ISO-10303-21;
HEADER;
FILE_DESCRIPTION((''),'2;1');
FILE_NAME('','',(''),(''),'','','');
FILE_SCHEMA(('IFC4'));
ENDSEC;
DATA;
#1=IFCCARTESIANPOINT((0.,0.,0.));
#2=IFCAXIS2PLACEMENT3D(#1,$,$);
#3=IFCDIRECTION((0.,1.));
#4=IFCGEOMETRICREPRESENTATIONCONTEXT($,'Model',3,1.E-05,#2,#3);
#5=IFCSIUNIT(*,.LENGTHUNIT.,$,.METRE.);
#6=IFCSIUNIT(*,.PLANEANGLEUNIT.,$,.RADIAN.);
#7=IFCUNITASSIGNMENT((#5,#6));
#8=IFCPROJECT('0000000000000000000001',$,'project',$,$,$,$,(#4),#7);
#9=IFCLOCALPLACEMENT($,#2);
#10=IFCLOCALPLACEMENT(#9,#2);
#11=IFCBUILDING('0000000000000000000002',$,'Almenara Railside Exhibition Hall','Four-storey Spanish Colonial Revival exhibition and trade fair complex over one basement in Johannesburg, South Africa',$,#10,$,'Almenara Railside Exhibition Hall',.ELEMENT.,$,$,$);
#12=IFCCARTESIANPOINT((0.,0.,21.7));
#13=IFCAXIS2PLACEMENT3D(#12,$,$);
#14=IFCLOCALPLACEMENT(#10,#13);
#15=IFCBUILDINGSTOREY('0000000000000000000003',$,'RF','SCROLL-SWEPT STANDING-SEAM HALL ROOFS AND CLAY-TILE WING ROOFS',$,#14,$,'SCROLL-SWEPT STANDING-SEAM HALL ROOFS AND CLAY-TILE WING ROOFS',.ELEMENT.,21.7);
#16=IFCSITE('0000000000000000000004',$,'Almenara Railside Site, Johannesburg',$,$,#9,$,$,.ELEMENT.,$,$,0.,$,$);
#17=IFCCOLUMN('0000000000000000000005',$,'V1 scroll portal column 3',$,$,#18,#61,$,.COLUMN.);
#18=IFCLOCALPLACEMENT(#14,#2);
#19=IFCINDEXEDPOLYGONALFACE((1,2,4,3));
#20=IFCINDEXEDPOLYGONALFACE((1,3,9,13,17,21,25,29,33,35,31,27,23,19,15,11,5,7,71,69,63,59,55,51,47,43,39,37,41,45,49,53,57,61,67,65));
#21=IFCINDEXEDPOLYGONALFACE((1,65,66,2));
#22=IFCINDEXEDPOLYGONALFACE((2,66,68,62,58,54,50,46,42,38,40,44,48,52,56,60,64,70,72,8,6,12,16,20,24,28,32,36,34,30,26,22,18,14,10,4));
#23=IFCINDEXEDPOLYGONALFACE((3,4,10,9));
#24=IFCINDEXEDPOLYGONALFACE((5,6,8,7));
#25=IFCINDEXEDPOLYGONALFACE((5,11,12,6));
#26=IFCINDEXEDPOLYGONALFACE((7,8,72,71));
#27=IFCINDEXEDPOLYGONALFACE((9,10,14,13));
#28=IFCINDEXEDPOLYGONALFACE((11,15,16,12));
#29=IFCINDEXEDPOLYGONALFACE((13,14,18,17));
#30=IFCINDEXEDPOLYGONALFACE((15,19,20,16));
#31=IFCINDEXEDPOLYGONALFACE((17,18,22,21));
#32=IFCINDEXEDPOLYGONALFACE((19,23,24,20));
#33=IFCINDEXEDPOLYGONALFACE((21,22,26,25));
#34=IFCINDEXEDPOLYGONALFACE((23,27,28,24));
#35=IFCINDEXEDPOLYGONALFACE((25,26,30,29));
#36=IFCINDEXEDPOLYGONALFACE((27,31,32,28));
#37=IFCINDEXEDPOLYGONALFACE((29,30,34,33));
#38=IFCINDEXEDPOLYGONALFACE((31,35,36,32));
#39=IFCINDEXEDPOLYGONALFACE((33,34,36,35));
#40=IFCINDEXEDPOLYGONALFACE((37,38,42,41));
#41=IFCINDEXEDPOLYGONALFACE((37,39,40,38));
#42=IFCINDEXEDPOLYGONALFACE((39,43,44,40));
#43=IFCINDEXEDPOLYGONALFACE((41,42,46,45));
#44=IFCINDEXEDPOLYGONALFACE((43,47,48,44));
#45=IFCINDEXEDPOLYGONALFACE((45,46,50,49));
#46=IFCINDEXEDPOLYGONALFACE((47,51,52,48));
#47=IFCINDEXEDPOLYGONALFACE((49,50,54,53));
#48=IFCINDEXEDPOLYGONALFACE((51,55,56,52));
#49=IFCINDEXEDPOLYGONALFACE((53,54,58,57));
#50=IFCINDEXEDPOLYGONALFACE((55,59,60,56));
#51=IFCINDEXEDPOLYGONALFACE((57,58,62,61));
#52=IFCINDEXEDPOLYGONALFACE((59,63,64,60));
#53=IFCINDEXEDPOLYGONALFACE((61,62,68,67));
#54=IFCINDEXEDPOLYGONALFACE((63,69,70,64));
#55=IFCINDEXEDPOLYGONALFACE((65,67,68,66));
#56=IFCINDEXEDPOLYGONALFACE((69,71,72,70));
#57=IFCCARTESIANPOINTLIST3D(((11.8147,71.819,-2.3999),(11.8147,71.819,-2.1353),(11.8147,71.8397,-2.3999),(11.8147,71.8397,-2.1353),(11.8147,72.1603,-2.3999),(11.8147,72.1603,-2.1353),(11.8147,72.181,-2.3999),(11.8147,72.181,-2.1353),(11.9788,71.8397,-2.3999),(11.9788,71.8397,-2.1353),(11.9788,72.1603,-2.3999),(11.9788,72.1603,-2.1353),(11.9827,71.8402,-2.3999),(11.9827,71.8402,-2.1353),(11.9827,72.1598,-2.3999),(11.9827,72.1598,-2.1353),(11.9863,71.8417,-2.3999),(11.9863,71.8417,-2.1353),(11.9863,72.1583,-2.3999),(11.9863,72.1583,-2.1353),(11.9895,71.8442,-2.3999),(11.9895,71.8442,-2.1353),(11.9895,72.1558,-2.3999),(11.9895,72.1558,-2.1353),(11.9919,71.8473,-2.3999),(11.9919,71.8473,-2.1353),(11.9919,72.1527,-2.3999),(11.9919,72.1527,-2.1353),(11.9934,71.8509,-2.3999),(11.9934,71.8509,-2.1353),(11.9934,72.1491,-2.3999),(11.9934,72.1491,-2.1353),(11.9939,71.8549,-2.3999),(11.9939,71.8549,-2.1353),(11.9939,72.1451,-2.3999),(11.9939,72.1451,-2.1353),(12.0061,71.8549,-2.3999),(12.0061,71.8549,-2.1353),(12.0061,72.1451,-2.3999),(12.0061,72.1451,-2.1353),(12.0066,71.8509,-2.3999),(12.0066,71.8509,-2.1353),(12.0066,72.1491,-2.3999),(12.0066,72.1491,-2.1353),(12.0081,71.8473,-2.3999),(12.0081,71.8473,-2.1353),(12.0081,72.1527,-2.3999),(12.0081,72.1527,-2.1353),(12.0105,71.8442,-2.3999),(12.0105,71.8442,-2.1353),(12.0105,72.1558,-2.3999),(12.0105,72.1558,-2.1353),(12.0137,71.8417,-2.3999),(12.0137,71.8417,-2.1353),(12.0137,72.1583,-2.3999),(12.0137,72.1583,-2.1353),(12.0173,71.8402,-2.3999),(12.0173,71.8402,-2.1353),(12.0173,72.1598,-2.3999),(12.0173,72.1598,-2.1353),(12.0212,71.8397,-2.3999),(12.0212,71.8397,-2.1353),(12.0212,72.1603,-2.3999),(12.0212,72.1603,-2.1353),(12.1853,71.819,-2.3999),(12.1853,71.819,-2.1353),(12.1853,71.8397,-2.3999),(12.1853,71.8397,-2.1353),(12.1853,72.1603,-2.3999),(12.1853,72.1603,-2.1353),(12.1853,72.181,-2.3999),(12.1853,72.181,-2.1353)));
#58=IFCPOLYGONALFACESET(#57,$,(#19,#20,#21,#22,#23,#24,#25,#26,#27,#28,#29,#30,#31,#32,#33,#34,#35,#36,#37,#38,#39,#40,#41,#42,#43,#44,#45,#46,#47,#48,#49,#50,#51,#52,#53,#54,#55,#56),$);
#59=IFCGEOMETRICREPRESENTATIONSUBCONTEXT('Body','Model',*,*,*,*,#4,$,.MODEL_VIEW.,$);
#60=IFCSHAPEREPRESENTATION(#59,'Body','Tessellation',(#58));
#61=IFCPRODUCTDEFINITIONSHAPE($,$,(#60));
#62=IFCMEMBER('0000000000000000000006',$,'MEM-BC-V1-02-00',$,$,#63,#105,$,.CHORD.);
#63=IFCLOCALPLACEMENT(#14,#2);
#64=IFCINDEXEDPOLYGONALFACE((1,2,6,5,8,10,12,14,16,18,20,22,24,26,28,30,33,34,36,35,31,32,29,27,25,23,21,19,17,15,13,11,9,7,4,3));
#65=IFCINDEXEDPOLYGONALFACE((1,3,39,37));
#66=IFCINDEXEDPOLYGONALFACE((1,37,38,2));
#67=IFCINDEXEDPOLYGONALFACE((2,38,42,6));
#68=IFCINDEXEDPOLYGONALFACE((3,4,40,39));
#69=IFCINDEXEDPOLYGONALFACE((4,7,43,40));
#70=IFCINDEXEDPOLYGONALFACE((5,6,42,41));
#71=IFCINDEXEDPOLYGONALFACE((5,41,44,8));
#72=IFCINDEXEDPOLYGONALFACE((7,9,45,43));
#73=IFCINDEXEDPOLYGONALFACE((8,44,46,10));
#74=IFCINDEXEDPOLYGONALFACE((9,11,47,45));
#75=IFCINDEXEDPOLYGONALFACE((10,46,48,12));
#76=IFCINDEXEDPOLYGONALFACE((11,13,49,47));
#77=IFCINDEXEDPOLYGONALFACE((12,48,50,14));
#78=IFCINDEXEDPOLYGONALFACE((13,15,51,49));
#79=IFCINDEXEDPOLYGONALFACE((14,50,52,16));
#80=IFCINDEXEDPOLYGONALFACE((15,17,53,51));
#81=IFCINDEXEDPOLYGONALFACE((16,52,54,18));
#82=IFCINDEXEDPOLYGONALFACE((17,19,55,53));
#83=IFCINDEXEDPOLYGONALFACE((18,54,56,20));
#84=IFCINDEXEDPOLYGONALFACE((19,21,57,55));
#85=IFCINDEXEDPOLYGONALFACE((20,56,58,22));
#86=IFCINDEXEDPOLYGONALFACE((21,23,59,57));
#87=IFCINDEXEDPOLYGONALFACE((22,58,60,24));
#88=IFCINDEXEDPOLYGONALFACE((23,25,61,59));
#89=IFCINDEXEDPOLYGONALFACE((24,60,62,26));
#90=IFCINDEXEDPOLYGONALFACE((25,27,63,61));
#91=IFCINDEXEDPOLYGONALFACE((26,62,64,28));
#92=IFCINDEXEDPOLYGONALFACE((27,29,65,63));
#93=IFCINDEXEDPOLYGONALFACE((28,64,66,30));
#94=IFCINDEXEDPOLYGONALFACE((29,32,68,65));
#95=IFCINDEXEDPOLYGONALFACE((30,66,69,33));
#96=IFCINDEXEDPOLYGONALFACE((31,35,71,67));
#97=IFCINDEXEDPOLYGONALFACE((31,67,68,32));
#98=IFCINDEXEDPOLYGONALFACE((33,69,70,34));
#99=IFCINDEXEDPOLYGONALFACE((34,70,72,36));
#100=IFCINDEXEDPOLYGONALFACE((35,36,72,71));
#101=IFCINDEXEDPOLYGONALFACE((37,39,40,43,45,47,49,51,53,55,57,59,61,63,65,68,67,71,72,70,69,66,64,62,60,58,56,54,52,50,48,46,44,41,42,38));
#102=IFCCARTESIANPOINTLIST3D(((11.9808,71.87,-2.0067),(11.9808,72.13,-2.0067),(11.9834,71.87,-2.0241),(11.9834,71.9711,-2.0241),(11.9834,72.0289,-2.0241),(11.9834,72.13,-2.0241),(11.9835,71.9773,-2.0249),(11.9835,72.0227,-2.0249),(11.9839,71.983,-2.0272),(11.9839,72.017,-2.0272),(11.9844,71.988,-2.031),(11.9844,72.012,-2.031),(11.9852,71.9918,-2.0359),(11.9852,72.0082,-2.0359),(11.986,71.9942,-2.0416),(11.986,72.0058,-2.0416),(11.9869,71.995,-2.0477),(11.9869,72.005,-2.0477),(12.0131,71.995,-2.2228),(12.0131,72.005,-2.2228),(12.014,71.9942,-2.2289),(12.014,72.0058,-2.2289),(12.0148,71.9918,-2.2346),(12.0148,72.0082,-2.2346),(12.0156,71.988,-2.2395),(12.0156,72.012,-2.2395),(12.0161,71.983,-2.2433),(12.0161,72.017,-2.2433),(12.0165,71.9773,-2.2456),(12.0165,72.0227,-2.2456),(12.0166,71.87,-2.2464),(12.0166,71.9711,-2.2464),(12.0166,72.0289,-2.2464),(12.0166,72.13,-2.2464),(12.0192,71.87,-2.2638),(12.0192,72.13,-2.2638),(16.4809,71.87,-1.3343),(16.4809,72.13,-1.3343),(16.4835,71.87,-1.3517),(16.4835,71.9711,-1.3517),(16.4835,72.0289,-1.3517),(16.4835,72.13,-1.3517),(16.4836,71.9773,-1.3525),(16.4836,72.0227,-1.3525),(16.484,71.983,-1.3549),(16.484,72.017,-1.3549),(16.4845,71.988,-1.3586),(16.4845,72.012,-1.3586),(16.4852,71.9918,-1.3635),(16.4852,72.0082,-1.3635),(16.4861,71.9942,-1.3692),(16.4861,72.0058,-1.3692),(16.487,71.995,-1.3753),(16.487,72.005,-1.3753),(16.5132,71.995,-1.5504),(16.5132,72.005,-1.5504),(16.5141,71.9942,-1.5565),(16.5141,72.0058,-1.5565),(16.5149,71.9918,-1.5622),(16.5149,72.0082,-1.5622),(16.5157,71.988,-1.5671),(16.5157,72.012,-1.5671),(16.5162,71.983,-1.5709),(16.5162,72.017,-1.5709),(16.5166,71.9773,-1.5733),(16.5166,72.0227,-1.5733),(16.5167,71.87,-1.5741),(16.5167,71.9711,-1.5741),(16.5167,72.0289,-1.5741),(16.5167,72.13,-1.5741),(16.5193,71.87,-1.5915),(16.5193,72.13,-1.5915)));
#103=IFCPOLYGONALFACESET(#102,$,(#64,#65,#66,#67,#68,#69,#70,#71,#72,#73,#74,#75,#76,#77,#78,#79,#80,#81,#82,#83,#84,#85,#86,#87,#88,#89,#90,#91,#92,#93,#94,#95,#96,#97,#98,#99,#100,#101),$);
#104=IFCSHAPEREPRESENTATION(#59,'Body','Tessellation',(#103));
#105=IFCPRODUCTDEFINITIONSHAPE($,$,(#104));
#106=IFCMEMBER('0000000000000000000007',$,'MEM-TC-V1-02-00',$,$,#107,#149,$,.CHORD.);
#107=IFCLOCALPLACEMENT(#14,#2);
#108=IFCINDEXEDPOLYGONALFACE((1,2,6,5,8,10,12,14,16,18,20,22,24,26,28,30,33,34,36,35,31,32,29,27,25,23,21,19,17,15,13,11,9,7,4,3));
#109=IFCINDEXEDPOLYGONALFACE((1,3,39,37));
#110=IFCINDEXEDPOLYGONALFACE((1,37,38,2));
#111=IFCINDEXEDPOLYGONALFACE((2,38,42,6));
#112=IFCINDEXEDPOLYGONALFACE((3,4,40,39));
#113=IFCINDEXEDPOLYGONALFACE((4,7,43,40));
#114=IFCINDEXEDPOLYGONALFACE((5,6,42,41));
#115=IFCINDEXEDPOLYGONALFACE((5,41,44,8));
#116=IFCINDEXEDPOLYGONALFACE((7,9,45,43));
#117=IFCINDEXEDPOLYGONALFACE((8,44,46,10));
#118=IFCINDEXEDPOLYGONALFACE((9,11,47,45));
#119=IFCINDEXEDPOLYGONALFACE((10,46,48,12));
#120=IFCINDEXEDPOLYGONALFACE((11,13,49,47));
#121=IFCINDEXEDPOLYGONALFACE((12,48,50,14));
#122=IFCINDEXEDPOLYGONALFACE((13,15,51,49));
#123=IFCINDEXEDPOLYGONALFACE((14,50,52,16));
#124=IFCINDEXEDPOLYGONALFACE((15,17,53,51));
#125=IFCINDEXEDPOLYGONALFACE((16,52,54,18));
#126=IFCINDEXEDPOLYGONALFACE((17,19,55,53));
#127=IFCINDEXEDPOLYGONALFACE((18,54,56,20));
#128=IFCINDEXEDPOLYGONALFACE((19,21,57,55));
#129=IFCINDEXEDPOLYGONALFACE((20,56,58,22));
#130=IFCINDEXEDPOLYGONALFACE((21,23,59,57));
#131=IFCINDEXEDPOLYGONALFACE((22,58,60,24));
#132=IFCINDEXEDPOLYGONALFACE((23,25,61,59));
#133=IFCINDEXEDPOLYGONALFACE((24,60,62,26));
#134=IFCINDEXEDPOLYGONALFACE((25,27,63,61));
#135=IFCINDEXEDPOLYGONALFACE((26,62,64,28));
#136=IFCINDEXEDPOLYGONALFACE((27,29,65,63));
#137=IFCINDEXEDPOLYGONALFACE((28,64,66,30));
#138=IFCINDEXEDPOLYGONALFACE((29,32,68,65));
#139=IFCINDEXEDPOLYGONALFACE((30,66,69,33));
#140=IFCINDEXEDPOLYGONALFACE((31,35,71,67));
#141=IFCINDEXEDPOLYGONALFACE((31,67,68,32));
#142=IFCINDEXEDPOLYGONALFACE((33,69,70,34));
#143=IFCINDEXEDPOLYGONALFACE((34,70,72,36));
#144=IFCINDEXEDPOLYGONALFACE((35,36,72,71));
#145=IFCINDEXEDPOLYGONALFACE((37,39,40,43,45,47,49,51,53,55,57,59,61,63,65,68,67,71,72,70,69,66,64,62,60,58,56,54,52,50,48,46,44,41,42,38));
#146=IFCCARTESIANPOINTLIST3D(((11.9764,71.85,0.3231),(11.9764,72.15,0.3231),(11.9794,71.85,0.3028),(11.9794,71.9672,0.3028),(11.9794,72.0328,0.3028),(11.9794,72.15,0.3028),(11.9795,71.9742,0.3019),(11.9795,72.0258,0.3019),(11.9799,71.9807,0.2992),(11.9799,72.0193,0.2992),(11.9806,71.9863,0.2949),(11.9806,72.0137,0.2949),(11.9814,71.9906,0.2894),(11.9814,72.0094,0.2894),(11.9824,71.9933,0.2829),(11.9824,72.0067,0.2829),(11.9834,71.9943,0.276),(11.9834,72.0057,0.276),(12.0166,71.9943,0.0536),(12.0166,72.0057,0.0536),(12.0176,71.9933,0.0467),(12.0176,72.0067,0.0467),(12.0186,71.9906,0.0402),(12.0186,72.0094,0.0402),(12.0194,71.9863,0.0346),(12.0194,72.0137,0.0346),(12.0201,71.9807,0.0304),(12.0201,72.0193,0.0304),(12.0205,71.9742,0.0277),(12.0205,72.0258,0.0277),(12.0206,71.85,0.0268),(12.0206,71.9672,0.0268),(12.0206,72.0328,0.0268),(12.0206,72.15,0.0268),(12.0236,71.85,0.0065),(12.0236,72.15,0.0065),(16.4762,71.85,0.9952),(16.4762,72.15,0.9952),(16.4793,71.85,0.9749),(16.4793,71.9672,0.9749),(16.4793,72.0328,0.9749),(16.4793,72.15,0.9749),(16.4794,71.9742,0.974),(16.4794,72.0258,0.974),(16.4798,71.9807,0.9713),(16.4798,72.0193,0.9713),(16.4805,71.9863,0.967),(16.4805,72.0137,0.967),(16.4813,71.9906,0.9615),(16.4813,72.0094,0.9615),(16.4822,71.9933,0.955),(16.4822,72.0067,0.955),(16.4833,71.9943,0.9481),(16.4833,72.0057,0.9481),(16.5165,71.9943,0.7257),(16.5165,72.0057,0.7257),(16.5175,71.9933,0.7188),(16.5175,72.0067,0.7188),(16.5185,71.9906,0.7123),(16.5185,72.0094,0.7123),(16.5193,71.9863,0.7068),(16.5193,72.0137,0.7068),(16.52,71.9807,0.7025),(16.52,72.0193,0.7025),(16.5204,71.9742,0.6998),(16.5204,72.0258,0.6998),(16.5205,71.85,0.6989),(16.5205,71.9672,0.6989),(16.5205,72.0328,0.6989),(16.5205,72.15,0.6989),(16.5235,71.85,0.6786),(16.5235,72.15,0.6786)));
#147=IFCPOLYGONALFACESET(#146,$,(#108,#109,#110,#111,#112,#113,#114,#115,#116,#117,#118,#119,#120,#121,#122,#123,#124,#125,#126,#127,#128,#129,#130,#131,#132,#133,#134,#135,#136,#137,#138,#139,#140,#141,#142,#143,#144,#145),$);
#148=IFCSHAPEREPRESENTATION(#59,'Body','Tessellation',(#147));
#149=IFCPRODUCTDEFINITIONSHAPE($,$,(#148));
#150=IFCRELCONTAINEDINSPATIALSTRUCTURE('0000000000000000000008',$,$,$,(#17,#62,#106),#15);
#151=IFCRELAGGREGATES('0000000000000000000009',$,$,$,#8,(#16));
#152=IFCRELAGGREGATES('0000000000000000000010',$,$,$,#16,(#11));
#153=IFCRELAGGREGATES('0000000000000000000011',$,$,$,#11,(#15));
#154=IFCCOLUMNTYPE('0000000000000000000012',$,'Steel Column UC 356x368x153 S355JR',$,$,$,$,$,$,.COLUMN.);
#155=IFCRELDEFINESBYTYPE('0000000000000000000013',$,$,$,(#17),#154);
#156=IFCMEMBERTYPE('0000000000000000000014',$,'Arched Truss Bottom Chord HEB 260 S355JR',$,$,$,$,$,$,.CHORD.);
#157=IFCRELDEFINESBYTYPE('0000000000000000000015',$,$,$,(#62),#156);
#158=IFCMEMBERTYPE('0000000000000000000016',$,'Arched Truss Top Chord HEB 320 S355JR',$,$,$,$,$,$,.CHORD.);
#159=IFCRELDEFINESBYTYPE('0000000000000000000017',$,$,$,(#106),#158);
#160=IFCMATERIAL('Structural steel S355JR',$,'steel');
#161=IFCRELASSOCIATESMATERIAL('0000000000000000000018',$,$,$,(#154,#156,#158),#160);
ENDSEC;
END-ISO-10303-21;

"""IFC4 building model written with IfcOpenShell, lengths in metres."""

from ifc_helpers import new_model, si_unit, direction, frame, origin, origin_2d, place, context, subcontext, project, spatial, i_section, extrude, material, material_profile, profile_set, type_object, element, save


model = new_model("IFC4")

# Units and contexts
model_context = context("Model", 3, precision=1e-05, world=origin(), true_north=direction((0.0, 1.0)))
body_context = subcontext(model_context, "Body", "Model", "MODEL_VIEW")
ifc_project = project(units=[si_unit("LENGTHUNIT", "METRE"), si_unit("PLANEANGLEUNIT", "RADIAN")], contexts=[model_context])

# Site, building, storey
site_placement = place(None, origin())
site = spatial("IfcSite", under=ifc_project, at=site_placement, Name="Almenara Railside Site, Johannesburg", CompositionType="ELEMENT", RefElevation=0.0)
building_placement = place(site_placement, origin())
building = spatial("IfcBuilding", under=site, at=building_placement, Name="Almenara Railside Exhibition Hall", Description="Four-storey Spanish Colonial Revival exhibition and trade fair complex over one basement in Johannesburg, South Africa", LongName="Almenara Railside Exhibition Hall", CompositionType="ELEMENT")
storey_placement = place(building_placement, frame((0.0, 0.0, 21.7)))
storey = spatial("IfcBuildingStorey", under=building, at=storey_placement, Name="RF", Description="SCROLL-SWEPT STANDING-SEAM HALL ROOFS AND CLAY-TILE WING ROOFS", LongName="SCROLL-SWEPT STANDING-SEAM HALL ROOFS AND CLAY-TILE WING ROOFS", CompositionType="ELEMENT", Elevation=21.7)

# Column
ifc_material_1 = material(Name="Structural steel S355JR", Category="steel")
ifc_material_profile_1 = material_profile(ifc_material_1, i_section(OverallWidth=0.3706, OverallDepth=0.3621, WebThickness=0.0122, FlangeThickness=0.0208, FilletRadius=0.0151, at=origin_2d()), Name="UC 356x368x153")
ifc_profile_set_1 = profile_set([ifc_material_profile_1], Name="Structural steel S355JR")
column_type = type_object("IfcColumnType", Name="Steel Column UC 356x368x153 S355JR", PredefinedType="COLUMN", material=ifc_profile_set_1)
column_placement = place(storey_placement, frame((12.0, 72.0, -2.3999), z_axis=(0.0, 0.0, 1.0), x_axis=(1.0, 0.0, 0.0)))
element("IfcColumn", 1, at=column_placement, inside=storey, type_object=column_type, Name="V1 scroll portal column 3", PredefinedType="COLUMN", context=body_context, shape_type="SweptSolid", body=[
    extrude(i_section(OverallWidth=0.3706, OverallDepth=0.3621, WebThickness=0.0122, FlangeThickness=0.0208, FilletRadius=0.0151, at=origin_2d()), origin(), (0.0, 0.0, 1.0), 0.2646),
])

# Members
ifc_material_profile_2 = material_profile(ifc_material_1, i_section(OverallWidth=0.26, OverallDepth=0.26, WebThickness=0.01, FlangeThickness=0.0176, FilletRadius=0.0239, at=origin_2d()), Name="HEB 260")
ifc_profile_set_2 = profile_set([ifc_material_profile_2], Name="Structural steel S355JR")
member_type_1 = type_object("IfcMemberType", Name="Arched Truss Bottom Chord HEB 260 S355JR", PredefinedType="CHORD", material=ifc_profile_set_2)
member_1_placement = place(storey_placement, frame((12.0, 72.0, -2.1353), z_axis=(0.989021, 0.0, 0.147774), x_axis=(0.0, 1.0, 0.0)))
element("IfcMember", 2, at=member_1_placement, inside=storey, type_object=member_type_1, Name="MEM-BC-V1-02-00", PredefinedType="CHORD", context=body_context, shape_type="SweptSolid", body=[
    extrude(i_section(OverallWidth=0.26, OverallDepth=0.26, WebThickness=0.01, FlangeThickness=0.0176, FilletRadius=0.0239, at=origin_2d()), origin(), (0.0, 0.0, 1.0), 4.55),
])
ifc_material_profile_3 = material_profile(ifc_material_1, i_section(OverallWidth=0.3, OverallDepth=0.3201, WebThickness=0.0115, FlangeThickness=0.0205, FilletRadius=0.0271, at=origin_2d()), Name="HEB 320")
ifc_profile_set_3 = profile_set([ifc_material_profile_3], Name="Structural steel S355JR")
member_type_2 = type_object("IfcMemberType", Name="Arched Truss Top Chord HEB 320 S355JR", PredefinedType="CHORD", material=ifc_profile_set_3)
member_2_placement = place(storey_placement, frame((12.0, 72.0, 0.1648), z_axis=(0.989029, 0.0, 0.147721), x_axis=(0.0, 1.0, 0.0)))
element("IfcMember", 3, at=member_2_placement, inside=storey, type_object=member_type_2, Name="MEM-TC-V1-02-00", PredefinedType="CHORD", context=body_context, shape_type="SweptSolid", body=[
    extrude(i_section(OverallWidth=0.3, OverallDepth=0.3201, WebThickness=0.0115, FlangeThickness=0.0205, FilletRadius=0.0271, at=origin_2d()), origin(), (0.0, 0.0, 1.0), 4.5498),
])

save(model, "model.ifc")
